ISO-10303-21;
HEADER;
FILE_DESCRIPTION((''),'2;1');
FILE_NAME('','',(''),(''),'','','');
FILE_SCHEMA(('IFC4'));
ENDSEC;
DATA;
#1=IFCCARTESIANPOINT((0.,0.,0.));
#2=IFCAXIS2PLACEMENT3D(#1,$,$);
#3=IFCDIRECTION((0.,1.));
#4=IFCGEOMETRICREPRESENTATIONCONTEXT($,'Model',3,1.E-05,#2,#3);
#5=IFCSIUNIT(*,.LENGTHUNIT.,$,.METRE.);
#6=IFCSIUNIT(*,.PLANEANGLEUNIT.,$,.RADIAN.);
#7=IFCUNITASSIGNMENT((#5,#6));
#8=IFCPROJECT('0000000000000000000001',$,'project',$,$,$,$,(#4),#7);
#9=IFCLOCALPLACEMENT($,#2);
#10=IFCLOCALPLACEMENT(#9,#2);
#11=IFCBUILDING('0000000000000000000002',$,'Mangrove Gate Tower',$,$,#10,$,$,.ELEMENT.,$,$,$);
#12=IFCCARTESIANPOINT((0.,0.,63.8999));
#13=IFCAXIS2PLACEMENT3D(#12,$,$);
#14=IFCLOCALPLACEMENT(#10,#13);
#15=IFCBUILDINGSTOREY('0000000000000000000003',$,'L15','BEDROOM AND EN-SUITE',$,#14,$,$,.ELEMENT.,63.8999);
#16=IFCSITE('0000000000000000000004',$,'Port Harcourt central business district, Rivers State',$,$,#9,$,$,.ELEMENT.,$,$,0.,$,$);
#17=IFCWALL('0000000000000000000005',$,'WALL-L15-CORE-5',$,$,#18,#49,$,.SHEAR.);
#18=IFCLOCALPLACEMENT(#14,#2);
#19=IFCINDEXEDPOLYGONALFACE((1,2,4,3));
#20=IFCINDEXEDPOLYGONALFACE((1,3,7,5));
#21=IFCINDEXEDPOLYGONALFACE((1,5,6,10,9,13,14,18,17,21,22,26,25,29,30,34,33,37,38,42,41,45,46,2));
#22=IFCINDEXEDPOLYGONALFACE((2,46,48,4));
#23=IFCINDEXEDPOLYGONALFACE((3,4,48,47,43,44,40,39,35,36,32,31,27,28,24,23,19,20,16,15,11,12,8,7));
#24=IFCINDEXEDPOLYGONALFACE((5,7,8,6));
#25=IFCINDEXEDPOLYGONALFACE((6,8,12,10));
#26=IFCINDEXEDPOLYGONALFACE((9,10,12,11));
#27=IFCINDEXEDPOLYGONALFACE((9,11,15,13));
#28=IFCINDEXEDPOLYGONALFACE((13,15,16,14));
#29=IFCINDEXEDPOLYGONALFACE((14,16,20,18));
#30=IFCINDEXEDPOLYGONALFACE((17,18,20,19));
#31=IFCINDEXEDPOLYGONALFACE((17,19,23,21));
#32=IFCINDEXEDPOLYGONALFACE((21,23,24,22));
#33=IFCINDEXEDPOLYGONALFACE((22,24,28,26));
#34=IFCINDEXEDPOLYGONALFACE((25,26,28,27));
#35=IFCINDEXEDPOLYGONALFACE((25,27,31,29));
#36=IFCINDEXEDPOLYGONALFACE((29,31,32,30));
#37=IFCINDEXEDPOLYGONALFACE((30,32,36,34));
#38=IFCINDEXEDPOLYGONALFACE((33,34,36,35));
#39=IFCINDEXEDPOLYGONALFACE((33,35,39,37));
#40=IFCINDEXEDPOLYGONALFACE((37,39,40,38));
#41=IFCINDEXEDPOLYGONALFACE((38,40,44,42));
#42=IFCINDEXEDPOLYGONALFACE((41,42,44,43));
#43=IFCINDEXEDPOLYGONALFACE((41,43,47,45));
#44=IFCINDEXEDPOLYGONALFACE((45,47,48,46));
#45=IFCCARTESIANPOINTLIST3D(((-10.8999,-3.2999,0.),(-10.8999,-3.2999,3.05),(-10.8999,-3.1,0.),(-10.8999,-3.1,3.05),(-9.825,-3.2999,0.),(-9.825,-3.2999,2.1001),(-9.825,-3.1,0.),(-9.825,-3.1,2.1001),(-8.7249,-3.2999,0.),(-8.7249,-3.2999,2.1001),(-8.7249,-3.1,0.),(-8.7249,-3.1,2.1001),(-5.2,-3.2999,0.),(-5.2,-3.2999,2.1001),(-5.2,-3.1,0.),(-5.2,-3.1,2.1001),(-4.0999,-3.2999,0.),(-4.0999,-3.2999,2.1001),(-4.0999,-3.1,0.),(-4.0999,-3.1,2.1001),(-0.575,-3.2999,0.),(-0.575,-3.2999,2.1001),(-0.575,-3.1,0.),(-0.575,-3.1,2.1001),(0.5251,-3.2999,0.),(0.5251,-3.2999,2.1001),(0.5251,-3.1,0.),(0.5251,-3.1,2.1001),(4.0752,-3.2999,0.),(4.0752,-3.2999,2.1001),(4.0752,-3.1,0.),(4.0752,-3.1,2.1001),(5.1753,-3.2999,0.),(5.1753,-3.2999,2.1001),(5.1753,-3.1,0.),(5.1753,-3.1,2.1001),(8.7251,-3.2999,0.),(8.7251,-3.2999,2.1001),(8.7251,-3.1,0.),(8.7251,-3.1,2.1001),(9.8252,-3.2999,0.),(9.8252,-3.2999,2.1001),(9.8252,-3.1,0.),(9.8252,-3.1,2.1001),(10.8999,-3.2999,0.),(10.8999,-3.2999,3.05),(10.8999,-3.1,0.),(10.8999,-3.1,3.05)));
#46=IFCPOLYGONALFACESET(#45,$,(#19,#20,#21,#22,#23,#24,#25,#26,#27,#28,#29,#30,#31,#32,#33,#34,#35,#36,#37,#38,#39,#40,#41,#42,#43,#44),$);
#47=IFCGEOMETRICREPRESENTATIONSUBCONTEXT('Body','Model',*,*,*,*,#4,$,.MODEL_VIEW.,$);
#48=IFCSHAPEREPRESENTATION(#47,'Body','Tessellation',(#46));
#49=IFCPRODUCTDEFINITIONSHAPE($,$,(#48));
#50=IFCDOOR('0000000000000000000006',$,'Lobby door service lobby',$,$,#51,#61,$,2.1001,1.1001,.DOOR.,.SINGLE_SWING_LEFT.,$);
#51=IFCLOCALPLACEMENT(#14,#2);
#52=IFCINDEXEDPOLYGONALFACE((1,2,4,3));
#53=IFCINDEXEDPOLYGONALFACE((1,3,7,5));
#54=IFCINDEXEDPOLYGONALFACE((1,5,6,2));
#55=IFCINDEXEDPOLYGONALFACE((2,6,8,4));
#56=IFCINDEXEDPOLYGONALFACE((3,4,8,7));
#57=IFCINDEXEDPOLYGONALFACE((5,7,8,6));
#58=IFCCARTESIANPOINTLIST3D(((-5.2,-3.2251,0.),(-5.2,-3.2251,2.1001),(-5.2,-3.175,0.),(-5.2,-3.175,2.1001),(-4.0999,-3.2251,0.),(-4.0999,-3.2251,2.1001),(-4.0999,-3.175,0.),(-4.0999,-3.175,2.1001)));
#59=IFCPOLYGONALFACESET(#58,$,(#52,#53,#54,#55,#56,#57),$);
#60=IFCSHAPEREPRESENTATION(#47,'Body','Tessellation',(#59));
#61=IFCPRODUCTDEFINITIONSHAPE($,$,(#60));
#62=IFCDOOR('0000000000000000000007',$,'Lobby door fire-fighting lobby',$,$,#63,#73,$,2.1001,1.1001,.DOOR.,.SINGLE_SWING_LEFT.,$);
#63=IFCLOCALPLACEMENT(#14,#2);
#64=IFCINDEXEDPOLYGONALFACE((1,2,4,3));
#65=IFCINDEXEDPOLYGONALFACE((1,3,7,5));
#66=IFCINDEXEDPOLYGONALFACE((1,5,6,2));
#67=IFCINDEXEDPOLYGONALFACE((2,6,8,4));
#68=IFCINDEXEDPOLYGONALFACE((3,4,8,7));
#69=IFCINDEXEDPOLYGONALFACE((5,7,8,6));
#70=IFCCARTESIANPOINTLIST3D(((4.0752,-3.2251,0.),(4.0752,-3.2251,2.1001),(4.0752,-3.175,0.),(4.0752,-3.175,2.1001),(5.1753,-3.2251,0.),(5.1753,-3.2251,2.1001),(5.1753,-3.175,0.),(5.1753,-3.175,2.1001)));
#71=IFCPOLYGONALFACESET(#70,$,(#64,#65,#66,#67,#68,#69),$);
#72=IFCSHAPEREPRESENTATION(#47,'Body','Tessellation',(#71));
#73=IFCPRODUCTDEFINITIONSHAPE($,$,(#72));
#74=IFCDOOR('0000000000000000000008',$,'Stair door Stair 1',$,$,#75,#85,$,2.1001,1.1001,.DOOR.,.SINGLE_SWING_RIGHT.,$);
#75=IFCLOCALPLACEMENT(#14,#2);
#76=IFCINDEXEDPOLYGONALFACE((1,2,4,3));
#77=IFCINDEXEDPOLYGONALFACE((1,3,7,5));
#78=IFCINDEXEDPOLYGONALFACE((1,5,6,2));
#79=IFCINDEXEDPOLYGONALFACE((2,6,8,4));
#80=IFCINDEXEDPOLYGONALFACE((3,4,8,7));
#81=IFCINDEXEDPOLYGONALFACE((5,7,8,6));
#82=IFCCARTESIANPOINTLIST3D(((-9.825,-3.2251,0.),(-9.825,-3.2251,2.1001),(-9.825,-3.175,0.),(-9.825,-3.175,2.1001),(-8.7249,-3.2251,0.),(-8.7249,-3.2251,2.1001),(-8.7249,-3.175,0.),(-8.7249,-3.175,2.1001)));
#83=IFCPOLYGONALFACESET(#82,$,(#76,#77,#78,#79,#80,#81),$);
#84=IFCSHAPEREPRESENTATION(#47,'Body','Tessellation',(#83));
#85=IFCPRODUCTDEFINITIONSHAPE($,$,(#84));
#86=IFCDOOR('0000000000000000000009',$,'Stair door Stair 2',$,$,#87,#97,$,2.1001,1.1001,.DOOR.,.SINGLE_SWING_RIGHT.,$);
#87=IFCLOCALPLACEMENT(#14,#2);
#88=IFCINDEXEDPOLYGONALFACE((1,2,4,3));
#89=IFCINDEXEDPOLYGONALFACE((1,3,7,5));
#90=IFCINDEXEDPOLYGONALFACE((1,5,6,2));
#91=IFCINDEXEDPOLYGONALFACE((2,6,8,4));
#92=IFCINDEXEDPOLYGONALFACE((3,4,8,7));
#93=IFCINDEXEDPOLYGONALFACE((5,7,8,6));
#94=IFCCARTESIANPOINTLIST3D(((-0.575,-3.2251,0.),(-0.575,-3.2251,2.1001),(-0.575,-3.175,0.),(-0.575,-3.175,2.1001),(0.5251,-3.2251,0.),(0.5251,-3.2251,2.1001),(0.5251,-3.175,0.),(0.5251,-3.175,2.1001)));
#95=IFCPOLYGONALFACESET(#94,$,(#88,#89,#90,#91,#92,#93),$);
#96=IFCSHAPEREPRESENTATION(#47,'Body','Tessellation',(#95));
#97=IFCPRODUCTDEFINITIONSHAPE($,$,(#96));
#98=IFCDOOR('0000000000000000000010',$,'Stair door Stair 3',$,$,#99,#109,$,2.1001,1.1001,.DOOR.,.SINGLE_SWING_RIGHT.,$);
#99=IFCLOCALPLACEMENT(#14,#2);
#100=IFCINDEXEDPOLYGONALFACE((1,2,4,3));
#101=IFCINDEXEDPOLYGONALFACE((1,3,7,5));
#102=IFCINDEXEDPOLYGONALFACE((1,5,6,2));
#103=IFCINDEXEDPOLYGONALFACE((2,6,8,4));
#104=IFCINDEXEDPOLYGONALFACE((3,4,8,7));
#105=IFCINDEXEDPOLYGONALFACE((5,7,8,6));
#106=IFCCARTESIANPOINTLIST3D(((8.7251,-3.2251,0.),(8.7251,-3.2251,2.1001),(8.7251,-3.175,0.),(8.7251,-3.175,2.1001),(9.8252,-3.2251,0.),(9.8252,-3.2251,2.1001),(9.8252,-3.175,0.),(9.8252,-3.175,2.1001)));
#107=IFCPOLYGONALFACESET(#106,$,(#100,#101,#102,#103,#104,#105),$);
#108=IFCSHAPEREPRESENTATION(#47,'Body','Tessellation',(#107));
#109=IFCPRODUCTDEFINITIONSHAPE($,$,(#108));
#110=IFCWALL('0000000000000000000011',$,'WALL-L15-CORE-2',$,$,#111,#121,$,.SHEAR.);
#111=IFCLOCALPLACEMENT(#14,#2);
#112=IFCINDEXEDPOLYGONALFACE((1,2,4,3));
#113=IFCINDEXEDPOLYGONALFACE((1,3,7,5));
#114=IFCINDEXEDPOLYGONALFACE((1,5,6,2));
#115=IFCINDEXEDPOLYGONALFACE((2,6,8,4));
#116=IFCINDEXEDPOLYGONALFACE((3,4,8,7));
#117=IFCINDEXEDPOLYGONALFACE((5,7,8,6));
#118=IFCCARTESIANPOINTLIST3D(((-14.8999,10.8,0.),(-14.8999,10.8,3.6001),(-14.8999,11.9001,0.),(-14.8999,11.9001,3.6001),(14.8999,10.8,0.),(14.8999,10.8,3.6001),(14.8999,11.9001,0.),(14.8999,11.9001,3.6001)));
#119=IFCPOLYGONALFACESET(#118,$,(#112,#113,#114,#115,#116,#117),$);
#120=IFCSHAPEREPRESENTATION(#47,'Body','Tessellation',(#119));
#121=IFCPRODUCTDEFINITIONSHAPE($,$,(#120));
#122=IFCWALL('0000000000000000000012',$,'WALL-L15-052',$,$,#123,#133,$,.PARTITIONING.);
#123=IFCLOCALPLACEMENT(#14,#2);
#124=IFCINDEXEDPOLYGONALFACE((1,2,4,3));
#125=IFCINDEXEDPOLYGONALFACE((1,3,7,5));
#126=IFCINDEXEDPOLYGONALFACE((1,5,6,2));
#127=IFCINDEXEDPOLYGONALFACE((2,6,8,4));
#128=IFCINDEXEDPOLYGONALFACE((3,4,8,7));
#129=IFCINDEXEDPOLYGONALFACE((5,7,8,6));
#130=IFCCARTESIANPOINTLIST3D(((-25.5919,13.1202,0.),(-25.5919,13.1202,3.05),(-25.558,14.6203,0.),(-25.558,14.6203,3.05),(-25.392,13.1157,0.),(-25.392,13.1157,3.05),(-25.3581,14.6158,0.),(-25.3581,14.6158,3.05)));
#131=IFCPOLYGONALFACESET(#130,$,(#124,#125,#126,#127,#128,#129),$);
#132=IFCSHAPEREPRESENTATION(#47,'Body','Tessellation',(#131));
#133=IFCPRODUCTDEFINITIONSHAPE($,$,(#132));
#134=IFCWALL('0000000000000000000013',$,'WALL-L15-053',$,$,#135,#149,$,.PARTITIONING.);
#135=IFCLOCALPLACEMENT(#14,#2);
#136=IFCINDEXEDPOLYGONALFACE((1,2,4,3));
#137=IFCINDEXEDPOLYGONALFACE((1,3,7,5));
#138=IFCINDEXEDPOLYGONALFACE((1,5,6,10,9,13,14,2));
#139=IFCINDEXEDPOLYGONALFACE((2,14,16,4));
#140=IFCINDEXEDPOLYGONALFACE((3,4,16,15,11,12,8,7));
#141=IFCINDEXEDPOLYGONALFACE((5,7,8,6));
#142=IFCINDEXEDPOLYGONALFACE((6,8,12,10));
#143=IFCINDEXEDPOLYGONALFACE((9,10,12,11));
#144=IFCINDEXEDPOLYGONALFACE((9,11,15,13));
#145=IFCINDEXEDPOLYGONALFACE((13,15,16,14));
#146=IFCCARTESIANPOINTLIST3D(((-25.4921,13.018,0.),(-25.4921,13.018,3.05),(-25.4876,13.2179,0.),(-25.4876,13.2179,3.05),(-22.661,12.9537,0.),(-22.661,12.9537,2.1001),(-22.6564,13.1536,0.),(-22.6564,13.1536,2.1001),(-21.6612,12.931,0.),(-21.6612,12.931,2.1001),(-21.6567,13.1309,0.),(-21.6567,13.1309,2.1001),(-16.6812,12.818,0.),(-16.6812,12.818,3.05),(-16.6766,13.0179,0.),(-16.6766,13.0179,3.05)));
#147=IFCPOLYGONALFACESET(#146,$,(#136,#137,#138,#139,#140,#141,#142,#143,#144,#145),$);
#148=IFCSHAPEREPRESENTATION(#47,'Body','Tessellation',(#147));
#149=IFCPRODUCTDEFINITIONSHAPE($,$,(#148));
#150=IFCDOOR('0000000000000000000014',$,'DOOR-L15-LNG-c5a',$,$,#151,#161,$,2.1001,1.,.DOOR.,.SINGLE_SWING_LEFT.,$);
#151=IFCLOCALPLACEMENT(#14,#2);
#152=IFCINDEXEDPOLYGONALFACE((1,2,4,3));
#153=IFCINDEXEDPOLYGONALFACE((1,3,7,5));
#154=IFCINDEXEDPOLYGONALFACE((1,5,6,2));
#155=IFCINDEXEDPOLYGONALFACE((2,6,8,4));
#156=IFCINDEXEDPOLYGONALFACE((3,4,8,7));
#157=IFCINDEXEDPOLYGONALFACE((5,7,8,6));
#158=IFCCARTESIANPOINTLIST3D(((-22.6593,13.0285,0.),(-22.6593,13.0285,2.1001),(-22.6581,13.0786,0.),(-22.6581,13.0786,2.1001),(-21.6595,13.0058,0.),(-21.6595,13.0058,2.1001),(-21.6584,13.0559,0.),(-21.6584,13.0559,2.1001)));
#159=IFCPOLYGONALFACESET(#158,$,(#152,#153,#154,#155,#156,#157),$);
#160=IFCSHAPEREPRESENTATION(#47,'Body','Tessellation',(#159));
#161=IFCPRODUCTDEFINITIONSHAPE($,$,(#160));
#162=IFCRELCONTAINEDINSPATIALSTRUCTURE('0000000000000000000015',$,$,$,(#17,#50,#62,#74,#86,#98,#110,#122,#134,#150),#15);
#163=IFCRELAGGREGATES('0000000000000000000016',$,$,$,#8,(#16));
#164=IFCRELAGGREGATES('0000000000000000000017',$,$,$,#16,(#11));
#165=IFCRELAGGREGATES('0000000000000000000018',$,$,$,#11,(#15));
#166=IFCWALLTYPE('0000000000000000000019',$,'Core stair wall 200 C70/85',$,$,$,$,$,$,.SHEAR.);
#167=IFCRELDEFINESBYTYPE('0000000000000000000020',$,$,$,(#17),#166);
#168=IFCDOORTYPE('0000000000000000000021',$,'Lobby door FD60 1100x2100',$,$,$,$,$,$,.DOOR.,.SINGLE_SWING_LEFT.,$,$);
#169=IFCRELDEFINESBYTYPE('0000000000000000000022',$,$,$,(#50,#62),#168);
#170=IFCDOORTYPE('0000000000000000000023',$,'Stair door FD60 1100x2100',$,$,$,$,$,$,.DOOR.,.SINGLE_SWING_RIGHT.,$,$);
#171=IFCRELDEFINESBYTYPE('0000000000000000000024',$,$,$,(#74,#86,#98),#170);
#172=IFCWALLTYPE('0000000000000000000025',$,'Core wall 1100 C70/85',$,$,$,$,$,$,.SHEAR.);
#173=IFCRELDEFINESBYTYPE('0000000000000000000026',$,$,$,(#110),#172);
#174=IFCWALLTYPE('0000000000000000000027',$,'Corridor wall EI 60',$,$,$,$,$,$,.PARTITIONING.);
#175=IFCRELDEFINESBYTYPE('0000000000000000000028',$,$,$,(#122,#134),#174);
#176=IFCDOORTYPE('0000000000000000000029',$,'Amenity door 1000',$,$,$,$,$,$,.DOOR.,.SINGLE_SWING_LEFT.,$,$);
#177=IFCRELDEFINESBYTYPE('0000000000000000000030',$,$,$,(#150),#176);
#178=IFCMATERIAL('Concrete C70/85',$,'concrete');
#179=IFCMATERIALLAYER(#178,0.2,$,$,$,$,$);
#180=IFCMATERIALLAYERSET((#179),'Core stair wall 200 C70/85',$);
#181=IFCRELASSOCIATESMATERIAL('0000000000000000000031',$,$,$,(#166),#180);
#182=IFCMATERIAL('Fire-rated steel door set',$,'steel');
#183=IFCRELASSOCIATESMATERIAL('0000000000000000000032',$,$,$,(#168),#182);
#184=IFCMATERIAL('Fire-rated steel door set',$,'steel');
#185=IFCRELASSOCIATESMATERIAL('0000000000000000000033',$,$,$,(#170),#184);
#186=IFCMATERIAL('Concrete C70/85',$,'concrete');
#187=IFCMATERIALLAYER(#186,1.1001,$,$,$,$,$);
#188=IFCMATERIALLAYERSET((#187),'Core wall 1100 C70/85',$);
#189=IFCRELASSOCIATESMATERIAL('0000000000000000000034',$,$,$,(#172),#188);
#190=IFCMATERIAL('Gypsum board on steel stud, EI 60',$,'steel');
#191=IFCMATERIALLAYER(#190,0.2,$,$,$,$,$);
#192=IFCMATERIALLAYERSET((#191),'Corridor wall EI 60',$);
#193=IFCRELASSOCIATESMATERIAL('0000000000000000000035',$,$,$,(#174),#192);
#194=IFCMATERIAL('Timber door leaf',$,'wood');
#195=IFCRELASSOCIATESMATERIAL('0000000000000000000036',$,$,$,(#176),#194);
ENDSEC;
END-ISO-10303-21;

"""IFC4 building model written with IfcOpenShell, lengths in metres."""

from ifc_helpers import new_model, si_unit, direction, frame, frame_2d, origin, place, context, subcontext, project, spatial, rectangle, extrude, material, layer, layer_set, type_object, element, fill, save


model = new_model("IFC4")

# Units and contexts
model_context = context("Model", 3, precision=1e-05, world=origin(), true_north=direction((0.0, 1.0)))
body_context = subcontext(model_context, "Body", "Model", "MODEL_VIEW")
ifc_project = project(units=[si_unit("LENGTHUNIT", "METRE"), si_unit("PLANEANGLEUNIT", "RADIAN")], contexts=[model_context])

# Site, building, storey
site_placement = place(None, origin())
site = spatial("IfcSite", under=ifc_project, at=site_placement, Name="Port Harcourt central business district, Rivers State", CompositionType="ELEMENT", RefElevation=0.0)
building_placement = place(site_placement, origin())
building = spatial("IfcBuilding", under=site, at=building_placement, Name="Mangrove Gate Tower", CompositionType="ELEMENT")
storey_placement = place(building_placement, frame((0.0, 0.0, 63.8999)))
storey = spatial("IfcBuildingStorey", under=building, at=storey_placement, Name="L15", Description="BEDROOM AND EN-SUITE", CompositionType="ELEMENT", Elevation=63.8999)

# Wall, openings, doors
ifc_material_1 = material(Name="Concrete C70/85", Category="concrete")
ifc_layer_1 = layer(ifc_material_1, 0.2)
ifc_layer_set_1 = layer_set([ifc_layer_1], Name="Core stair wall 200 C70/85")
wall_type_1 = type_object("IfcWallType", Name="Core stair wall 200 C70/85", PredefinedType="SHEAR", material=ifc_layer_set_1)
wall_1_placement = place(storey_placement, frame((-10.8999, -3.2, 0.0), z_axis=(0.0, 0.0, 1.0), x_axis=(1.0, 0.0, 0.0)))
wall_1 = element("IfcWall", 1, at=wall_1_placement, inside=storey, type_object=wall_type_1, Name="WALL-L15-CORE-5", PredefinedType="SHEAR", context=body_context, shape_type="SweptSolid", body=[
    extrude(rectangle(XDim=21.7998, YDim=0.2, at=frame_2d((10.8999, 0.0))), origin(), (0.0, 0.0, 1.0), 3.05),
])
opening_1_placement = place(wall_1_placement, frame((1.075, 0.0, 0.0)))
opening_1 = element("IfcOpeningElement", 2, at=opening_1_placement, cuts=wall_1, PredefinedType="OPENING", context=body_context, shape_type="SweptSolid", body=[
    extrude(rectangle(XDim=1.1001, YDim=2.1001, at=frame_2d((0.55, 1.05))), frame((0.0, 0.1099, 0.0), z_axis=(0.0, -1.0, 0.0), x_axis=(1.0, 0.0, 0.0)), (0.0, 0.0, 1.0), 0.22),
])
opening_2_placement = place(wall_1_placement, frame((10.325, 0.0, 0.0)))
opening_2 = element("IfcOpeningElement", 3, at=opening_2_placement, cuts=wall_1, PredefinedType="OPENING", context=body_context, shape_type="SweptSolid", body=[
    extrude(rectangle(XDim=1.1001, YDim=2.1001, at=frame_2d((0.55, 1.05))), frame((0.0, 0.1099, 0.0), z_axis=(0.0, -1.0, 0.0), x_axis=(1.0, 0.0, 0.0)), (0.0, 0.0, 1.0), 0.22),
])
opening_3_placement = place(wall_1_placement, frame((19.625, 0.0, 0.0)))
opening_3 = element("IfcOpeningElement", 4, at=opening_3_placement, cuts=wall_1, PredefinedType="OPENING", context=body_context, shape_type="SweptSolid", body=[
    extrude(rectangle(XDim=1.1001, YDim=2.1001, at=frame_2d((0.55, 1.05))), frame((0.0, 0.1099, 0.0), z_axis=(0.0, -1.0, 0.0), x_axis=(1.0, 0.0, 0.0)), (0.0, 0.0, 1.0), 0.22),
])
opening_4_placement = place(wall_1_placement, frame((5.7, 0.0, 0.0)))
opening_4 = element("IfcOpeningElement", 5, at=opening_4_placement, cuts=wall_1, PredefinedType="OPENING", context=body_context, shape_type="SweptSolid", body=[
    extrude(rectangle(XDim=1.1001, YDim=2.1001, at=frame_2d((0.55, 1.05))), frame((0.0, 0.1099, 0.0), z_axis=(0.0, -1.0, 0.0), x_axis=(1.0, 0.0, 0.0)), (0.0, 0.0, 1.0), 0.22),
])
opening_5_placement = place(wall_1_placement, frame((14.9751, 0.0, 0.0)))
opening_5 = element("IfcOpeningElement", 6, at=opening_5_placement, cuts=wall_1, PredefinedType="OPENING", context=body_context, shape_type="SweptSolid", body=[
    extrude(rectangle(XDim=1.1001, YDim=2.1001, at=frame_2d((0.55, 1.05))), frame((0.0, 0.1099, 0.0), z_axis=(0.0, -1.0, 0.0), x_axis=(1.0, 0.0, 0.0)), (0.0, 0.0, 1.0), 0.22),
])
ifc_material_2 = material(Name="Fire-rated steel door set", Category="steel")
door_type_1 = type_object("IfcDoorType", Name="Lobby door FD60 1100x2100", OperationType="SINGLE_SWING_LEFT", PredefinedType="DOOR", material=ifc_material_2)
door_1_placement = place(opening_4_placement, origin())
door_1 = element("IfcDoor", 7, at=door_1_placement, inside=storey, type_object=door_type_1, Name="Lobby door service lobby", OperationType="SINGLE_SWING_LEFT", OverallHeight=2.1001, OverallWidth=1.1001, PredefinedType="DOOR", context=body_context, shape_type="SweptSolid", body=[
    extrude(rectangle(XDim=1.1001, YDim=2.1001, at=frame_2d((0.55, 1.05))), frame((0.0, 0.0249, 0.0), z_axis=(0.0, -1.0, 0.0), x_axis=(1.0, 0.0, 0.0)), (0.0, 0.0, 1.0), 0.05),
])
fill(opening_4, door_1)
door_2_placement = place(opening_5_placement, origin())
door_2 = element("IfcDoor", 8, at=door_2_placement, inside=storey, type_object=door_type_1, Name="Lobby door fire-fighting lobby", OperationType="SINGLE_SWING_LEFT", OverallHeight=2.1001, OverallWidth=1.1001, PredefinedType="DOOR", context=body_context, shape_type="SweptSolid", body=[
    extrude(rectangle(XDim=1.1001, YDim=2.1001, at=frame_2d((0.55, 1.05))), frame((0.0, 0.0249, 0.0), z_axis=(0.0, -1.0, 0.0), x_axis=(1.0, 0.0, 0.0)), (0.0, 0.0, 1.0), 0.05),
])
fill(opening_5, door_2)
ifc_material_3 = material(Name="Fire-rated steel door set", Category="steel")
door_type_2 = type_object("IfcDoorType", Name="Stair door FD60 1100x2100", OperationType="SINGLE_SWING_RIGHT", PredefinedType="DOOR", material=ifc_material_3)
door_3_placement = place(opening_1_placement, origin())
door_3 = element("IfcDoor", 9, at=door_3_placement, inside=storey, type_object=door_type_2, Name="Stair door Stair 1", OperationType="SINGLE_SWING_RIGHT", OverallHeight=2.1001, OverallWidth=1.1001, PredefinedType="DOOR", context=body_context, shape_type="SweptSolid", body=[
    extrude(rectangle(XDim=1.1001, YDim=2.1001, at=frame_2d((0.55, 1.05))), frame((0.0, 0.0249, 0.0), z_axis=(0.0, -1.0, 0.0), x_axis=(1.0, 0.0, 0.0)), (0.0, 0.0, 1.0), 0.05),
])
fill(opening_1, door_3)
door_4_placement = place(opening_2_placement, origin())
door_4 = element("IfcDoor", 10, at=door_4_placement, inside=storey, type_object=door_type_2, Name="Stair door Stair 2", OperationType="SINGLE_SWING_RIGHT", OverallHeight=2.1001, OverallWidth=1.1001, PredefinedType="DOOR", context=body_context, shape_type="SweptSolid", body=[
    extrude(rectangle(XDim=1.1001, YDim=2.1001, at=frame_2d((0.55, 1.05))), frame((0.0, 0.0249, 0.0), z_axis=(0.0, -1.0, 0.0), x_axis=(1.0, 0.0, 0.0)), (0.0, 0.0, 1.0), 0.05),
])
fill(opening_2, door_4)
door_5_placement = place(opening_3_placement, origin())
door_5 = element("IfcDoor", 11, at=door_5_placement, inside=storey, type_object=door_type_2, Name="Stair door Stair 3", OperationType="SINGLE_SWING_RIGHT", OverallHeight=2.1001, OverallWidth=1.1001, PredefinedType="DOOR", context=body_context, shape_type="SweptSolid", body=[
    extrude(rectangle(XDim=1.1001, YDim=2.1001, at=frame_2d((0.55, 1.05))), frame((0.0, 0.0249, 0.0), z_axis=(0.0, -1.0, 0.0), x_axis=(1.0, 0.0, 0.0)), (0.0, 0.0, 1.0), 0.05),
])
fill(opening_3, door_5)

# Walls
ifc_material_4 = material(Name="Concrete C70/85", Category="concrete")
ifc_layer_2 = layer(ifc_material_4, 1.1001)
ifc_layer_set_2 = layer_set([ifc_layer_2], Name="Core wall 1100 C70/85")
wall_type_2 = type_object("IfcWallType", Name="Core wall 1100 C70/85", PredefinedType="SHEAR", material=ifc_layer_set_2)
wall_2_placement = place(storey_placement, frame((-14.8999, 11.3501, 0.0), z_axis=(0.0, 0.0, 1.0), x_axis=(1.0, 0.0, 0.0)))
element("IfcWall", 12, at=wall_2_placement, inside=storey, type_object=wall_type_2, Name="WALL-L15-CORE-2", PredefinedType="SHEAR", context=body_context, shape_type="SweptSolid", body=[
    extrude(rectangle(XDim=29.7998, YDim=1.1001, at=frame_2d((14.8999, 0.0))), origin(), (0.0, 0.0, 1.0), 3.6001),
])
ifc_material_5 = material(Name="Gypsum board on steel stud, EI 60", Category="steel")
ifc_layer_3 = layer(ifc_material_5, 0.2)
ifc_layer_set_3 = layer_set([ifc_layer_3], Name="Corridor wall EI 60")
wall_type_3 = type_object("IfcWallType", Name="Corridor wall EI 60", PredefinedType="PARTITIONING", material=ifc_layer_set_3)
wall_3_placement = place(storey_placement, frame((-25.4919, 13.1179, 0.0), z_axis=(0.0, 0.0, 1.0), x_axis=(0.022618, 0.999744, 0.0)))
element("IfcWall", 13, at=wall_3_placement, inside=storey, type_object=wall_type_3, Name="WALL-L15-052", PredefinedType="PARTITIONING", context=body_context, shape_type="SweptSolid", body=[
    extrude(rectangle(XDim=1.5005, YDim=0.2, at=frame_2d((0.7502, 0.0))), origin(), (0.0, 0.0, 1.0), 3.05),
])

# Wall, opening, door
wall_4_placement = place(storey_placement, frame((-25.49, 13.1179, 0.0), z_axis=(0.0, 0.0, 1.0), x_axis=(0.999743, -0.022687, 0.0)))
wall_4 = element("IfcWall", 14, at=wall_4_placement, inside=storey, type_object=wall_type_3, Name="WALL-L15-053", PredefinedType="PARTITIONING", context=body_context, shape_type="SweptSolid", body=[
    extrude(rectangle(XDim=8.8132, YDim=0.2, at=frame_2d((4.4067, 0.0))), origin(), (0.0, 0.0, 1.0), 3.05),
])
opening_6_placement = place(wall_4_placement, frame((2.832, 0.0, 0.0)))
opening_6 = element("IfcOpeningElement", 15, at=opening_6_placement, cuts=wall_4, PredefinedType="OPENING", context=body_context, shape_type="SweptSolid", body=[
    extrude(rectangle(XDim=1.0, YDim=2.1001, at=frame_2d((0.5, 1.05))), frame((0.0, 0.1099, 0.0), z_axis=(0.0, -1.0, 0.0), x_axis=(1.0, 0.0, 0.0)), (0.0, 0.0, 1.0), 0.22),
])
ifc_material_6 = material(Name="Timber door leaf", Category="wood")
door_type_3 = type_object("IfcDoorType", Name="Amenity door 1000", OperationType="SINGLE_SWING_LEFT", PredefinedType="DOOR", material=ifc_material_6)
door_6_placement = place(opening_6_placement, origin())
door_6 = element("IfcDoor", 16, at=door_6_placement, inside=storey, type_object=door_type_3, Name="DOOR-L15-LNG-c5a", OperationType="SINGLE_SWING_LEFT", OverallHeight=2.1001, OverallWidth=1.0, PredefinedType="DOOR", context=body_context, shape_type="SweptSolid", body=[
    extrude(rectangle(XDim=1.0, YDim=2.1001, at=frame_2d((0.5, 1.05))), frame((0.0, 0.0249, 0.0), z_axis=(0.0, -1.0, 0.0), x_axis=(1.0, 0.0, 0.0)), (0.0, 0.0, 1.0), 0.05),
])
fill(opening_6, door_6)

save(model, "model.ifc")
